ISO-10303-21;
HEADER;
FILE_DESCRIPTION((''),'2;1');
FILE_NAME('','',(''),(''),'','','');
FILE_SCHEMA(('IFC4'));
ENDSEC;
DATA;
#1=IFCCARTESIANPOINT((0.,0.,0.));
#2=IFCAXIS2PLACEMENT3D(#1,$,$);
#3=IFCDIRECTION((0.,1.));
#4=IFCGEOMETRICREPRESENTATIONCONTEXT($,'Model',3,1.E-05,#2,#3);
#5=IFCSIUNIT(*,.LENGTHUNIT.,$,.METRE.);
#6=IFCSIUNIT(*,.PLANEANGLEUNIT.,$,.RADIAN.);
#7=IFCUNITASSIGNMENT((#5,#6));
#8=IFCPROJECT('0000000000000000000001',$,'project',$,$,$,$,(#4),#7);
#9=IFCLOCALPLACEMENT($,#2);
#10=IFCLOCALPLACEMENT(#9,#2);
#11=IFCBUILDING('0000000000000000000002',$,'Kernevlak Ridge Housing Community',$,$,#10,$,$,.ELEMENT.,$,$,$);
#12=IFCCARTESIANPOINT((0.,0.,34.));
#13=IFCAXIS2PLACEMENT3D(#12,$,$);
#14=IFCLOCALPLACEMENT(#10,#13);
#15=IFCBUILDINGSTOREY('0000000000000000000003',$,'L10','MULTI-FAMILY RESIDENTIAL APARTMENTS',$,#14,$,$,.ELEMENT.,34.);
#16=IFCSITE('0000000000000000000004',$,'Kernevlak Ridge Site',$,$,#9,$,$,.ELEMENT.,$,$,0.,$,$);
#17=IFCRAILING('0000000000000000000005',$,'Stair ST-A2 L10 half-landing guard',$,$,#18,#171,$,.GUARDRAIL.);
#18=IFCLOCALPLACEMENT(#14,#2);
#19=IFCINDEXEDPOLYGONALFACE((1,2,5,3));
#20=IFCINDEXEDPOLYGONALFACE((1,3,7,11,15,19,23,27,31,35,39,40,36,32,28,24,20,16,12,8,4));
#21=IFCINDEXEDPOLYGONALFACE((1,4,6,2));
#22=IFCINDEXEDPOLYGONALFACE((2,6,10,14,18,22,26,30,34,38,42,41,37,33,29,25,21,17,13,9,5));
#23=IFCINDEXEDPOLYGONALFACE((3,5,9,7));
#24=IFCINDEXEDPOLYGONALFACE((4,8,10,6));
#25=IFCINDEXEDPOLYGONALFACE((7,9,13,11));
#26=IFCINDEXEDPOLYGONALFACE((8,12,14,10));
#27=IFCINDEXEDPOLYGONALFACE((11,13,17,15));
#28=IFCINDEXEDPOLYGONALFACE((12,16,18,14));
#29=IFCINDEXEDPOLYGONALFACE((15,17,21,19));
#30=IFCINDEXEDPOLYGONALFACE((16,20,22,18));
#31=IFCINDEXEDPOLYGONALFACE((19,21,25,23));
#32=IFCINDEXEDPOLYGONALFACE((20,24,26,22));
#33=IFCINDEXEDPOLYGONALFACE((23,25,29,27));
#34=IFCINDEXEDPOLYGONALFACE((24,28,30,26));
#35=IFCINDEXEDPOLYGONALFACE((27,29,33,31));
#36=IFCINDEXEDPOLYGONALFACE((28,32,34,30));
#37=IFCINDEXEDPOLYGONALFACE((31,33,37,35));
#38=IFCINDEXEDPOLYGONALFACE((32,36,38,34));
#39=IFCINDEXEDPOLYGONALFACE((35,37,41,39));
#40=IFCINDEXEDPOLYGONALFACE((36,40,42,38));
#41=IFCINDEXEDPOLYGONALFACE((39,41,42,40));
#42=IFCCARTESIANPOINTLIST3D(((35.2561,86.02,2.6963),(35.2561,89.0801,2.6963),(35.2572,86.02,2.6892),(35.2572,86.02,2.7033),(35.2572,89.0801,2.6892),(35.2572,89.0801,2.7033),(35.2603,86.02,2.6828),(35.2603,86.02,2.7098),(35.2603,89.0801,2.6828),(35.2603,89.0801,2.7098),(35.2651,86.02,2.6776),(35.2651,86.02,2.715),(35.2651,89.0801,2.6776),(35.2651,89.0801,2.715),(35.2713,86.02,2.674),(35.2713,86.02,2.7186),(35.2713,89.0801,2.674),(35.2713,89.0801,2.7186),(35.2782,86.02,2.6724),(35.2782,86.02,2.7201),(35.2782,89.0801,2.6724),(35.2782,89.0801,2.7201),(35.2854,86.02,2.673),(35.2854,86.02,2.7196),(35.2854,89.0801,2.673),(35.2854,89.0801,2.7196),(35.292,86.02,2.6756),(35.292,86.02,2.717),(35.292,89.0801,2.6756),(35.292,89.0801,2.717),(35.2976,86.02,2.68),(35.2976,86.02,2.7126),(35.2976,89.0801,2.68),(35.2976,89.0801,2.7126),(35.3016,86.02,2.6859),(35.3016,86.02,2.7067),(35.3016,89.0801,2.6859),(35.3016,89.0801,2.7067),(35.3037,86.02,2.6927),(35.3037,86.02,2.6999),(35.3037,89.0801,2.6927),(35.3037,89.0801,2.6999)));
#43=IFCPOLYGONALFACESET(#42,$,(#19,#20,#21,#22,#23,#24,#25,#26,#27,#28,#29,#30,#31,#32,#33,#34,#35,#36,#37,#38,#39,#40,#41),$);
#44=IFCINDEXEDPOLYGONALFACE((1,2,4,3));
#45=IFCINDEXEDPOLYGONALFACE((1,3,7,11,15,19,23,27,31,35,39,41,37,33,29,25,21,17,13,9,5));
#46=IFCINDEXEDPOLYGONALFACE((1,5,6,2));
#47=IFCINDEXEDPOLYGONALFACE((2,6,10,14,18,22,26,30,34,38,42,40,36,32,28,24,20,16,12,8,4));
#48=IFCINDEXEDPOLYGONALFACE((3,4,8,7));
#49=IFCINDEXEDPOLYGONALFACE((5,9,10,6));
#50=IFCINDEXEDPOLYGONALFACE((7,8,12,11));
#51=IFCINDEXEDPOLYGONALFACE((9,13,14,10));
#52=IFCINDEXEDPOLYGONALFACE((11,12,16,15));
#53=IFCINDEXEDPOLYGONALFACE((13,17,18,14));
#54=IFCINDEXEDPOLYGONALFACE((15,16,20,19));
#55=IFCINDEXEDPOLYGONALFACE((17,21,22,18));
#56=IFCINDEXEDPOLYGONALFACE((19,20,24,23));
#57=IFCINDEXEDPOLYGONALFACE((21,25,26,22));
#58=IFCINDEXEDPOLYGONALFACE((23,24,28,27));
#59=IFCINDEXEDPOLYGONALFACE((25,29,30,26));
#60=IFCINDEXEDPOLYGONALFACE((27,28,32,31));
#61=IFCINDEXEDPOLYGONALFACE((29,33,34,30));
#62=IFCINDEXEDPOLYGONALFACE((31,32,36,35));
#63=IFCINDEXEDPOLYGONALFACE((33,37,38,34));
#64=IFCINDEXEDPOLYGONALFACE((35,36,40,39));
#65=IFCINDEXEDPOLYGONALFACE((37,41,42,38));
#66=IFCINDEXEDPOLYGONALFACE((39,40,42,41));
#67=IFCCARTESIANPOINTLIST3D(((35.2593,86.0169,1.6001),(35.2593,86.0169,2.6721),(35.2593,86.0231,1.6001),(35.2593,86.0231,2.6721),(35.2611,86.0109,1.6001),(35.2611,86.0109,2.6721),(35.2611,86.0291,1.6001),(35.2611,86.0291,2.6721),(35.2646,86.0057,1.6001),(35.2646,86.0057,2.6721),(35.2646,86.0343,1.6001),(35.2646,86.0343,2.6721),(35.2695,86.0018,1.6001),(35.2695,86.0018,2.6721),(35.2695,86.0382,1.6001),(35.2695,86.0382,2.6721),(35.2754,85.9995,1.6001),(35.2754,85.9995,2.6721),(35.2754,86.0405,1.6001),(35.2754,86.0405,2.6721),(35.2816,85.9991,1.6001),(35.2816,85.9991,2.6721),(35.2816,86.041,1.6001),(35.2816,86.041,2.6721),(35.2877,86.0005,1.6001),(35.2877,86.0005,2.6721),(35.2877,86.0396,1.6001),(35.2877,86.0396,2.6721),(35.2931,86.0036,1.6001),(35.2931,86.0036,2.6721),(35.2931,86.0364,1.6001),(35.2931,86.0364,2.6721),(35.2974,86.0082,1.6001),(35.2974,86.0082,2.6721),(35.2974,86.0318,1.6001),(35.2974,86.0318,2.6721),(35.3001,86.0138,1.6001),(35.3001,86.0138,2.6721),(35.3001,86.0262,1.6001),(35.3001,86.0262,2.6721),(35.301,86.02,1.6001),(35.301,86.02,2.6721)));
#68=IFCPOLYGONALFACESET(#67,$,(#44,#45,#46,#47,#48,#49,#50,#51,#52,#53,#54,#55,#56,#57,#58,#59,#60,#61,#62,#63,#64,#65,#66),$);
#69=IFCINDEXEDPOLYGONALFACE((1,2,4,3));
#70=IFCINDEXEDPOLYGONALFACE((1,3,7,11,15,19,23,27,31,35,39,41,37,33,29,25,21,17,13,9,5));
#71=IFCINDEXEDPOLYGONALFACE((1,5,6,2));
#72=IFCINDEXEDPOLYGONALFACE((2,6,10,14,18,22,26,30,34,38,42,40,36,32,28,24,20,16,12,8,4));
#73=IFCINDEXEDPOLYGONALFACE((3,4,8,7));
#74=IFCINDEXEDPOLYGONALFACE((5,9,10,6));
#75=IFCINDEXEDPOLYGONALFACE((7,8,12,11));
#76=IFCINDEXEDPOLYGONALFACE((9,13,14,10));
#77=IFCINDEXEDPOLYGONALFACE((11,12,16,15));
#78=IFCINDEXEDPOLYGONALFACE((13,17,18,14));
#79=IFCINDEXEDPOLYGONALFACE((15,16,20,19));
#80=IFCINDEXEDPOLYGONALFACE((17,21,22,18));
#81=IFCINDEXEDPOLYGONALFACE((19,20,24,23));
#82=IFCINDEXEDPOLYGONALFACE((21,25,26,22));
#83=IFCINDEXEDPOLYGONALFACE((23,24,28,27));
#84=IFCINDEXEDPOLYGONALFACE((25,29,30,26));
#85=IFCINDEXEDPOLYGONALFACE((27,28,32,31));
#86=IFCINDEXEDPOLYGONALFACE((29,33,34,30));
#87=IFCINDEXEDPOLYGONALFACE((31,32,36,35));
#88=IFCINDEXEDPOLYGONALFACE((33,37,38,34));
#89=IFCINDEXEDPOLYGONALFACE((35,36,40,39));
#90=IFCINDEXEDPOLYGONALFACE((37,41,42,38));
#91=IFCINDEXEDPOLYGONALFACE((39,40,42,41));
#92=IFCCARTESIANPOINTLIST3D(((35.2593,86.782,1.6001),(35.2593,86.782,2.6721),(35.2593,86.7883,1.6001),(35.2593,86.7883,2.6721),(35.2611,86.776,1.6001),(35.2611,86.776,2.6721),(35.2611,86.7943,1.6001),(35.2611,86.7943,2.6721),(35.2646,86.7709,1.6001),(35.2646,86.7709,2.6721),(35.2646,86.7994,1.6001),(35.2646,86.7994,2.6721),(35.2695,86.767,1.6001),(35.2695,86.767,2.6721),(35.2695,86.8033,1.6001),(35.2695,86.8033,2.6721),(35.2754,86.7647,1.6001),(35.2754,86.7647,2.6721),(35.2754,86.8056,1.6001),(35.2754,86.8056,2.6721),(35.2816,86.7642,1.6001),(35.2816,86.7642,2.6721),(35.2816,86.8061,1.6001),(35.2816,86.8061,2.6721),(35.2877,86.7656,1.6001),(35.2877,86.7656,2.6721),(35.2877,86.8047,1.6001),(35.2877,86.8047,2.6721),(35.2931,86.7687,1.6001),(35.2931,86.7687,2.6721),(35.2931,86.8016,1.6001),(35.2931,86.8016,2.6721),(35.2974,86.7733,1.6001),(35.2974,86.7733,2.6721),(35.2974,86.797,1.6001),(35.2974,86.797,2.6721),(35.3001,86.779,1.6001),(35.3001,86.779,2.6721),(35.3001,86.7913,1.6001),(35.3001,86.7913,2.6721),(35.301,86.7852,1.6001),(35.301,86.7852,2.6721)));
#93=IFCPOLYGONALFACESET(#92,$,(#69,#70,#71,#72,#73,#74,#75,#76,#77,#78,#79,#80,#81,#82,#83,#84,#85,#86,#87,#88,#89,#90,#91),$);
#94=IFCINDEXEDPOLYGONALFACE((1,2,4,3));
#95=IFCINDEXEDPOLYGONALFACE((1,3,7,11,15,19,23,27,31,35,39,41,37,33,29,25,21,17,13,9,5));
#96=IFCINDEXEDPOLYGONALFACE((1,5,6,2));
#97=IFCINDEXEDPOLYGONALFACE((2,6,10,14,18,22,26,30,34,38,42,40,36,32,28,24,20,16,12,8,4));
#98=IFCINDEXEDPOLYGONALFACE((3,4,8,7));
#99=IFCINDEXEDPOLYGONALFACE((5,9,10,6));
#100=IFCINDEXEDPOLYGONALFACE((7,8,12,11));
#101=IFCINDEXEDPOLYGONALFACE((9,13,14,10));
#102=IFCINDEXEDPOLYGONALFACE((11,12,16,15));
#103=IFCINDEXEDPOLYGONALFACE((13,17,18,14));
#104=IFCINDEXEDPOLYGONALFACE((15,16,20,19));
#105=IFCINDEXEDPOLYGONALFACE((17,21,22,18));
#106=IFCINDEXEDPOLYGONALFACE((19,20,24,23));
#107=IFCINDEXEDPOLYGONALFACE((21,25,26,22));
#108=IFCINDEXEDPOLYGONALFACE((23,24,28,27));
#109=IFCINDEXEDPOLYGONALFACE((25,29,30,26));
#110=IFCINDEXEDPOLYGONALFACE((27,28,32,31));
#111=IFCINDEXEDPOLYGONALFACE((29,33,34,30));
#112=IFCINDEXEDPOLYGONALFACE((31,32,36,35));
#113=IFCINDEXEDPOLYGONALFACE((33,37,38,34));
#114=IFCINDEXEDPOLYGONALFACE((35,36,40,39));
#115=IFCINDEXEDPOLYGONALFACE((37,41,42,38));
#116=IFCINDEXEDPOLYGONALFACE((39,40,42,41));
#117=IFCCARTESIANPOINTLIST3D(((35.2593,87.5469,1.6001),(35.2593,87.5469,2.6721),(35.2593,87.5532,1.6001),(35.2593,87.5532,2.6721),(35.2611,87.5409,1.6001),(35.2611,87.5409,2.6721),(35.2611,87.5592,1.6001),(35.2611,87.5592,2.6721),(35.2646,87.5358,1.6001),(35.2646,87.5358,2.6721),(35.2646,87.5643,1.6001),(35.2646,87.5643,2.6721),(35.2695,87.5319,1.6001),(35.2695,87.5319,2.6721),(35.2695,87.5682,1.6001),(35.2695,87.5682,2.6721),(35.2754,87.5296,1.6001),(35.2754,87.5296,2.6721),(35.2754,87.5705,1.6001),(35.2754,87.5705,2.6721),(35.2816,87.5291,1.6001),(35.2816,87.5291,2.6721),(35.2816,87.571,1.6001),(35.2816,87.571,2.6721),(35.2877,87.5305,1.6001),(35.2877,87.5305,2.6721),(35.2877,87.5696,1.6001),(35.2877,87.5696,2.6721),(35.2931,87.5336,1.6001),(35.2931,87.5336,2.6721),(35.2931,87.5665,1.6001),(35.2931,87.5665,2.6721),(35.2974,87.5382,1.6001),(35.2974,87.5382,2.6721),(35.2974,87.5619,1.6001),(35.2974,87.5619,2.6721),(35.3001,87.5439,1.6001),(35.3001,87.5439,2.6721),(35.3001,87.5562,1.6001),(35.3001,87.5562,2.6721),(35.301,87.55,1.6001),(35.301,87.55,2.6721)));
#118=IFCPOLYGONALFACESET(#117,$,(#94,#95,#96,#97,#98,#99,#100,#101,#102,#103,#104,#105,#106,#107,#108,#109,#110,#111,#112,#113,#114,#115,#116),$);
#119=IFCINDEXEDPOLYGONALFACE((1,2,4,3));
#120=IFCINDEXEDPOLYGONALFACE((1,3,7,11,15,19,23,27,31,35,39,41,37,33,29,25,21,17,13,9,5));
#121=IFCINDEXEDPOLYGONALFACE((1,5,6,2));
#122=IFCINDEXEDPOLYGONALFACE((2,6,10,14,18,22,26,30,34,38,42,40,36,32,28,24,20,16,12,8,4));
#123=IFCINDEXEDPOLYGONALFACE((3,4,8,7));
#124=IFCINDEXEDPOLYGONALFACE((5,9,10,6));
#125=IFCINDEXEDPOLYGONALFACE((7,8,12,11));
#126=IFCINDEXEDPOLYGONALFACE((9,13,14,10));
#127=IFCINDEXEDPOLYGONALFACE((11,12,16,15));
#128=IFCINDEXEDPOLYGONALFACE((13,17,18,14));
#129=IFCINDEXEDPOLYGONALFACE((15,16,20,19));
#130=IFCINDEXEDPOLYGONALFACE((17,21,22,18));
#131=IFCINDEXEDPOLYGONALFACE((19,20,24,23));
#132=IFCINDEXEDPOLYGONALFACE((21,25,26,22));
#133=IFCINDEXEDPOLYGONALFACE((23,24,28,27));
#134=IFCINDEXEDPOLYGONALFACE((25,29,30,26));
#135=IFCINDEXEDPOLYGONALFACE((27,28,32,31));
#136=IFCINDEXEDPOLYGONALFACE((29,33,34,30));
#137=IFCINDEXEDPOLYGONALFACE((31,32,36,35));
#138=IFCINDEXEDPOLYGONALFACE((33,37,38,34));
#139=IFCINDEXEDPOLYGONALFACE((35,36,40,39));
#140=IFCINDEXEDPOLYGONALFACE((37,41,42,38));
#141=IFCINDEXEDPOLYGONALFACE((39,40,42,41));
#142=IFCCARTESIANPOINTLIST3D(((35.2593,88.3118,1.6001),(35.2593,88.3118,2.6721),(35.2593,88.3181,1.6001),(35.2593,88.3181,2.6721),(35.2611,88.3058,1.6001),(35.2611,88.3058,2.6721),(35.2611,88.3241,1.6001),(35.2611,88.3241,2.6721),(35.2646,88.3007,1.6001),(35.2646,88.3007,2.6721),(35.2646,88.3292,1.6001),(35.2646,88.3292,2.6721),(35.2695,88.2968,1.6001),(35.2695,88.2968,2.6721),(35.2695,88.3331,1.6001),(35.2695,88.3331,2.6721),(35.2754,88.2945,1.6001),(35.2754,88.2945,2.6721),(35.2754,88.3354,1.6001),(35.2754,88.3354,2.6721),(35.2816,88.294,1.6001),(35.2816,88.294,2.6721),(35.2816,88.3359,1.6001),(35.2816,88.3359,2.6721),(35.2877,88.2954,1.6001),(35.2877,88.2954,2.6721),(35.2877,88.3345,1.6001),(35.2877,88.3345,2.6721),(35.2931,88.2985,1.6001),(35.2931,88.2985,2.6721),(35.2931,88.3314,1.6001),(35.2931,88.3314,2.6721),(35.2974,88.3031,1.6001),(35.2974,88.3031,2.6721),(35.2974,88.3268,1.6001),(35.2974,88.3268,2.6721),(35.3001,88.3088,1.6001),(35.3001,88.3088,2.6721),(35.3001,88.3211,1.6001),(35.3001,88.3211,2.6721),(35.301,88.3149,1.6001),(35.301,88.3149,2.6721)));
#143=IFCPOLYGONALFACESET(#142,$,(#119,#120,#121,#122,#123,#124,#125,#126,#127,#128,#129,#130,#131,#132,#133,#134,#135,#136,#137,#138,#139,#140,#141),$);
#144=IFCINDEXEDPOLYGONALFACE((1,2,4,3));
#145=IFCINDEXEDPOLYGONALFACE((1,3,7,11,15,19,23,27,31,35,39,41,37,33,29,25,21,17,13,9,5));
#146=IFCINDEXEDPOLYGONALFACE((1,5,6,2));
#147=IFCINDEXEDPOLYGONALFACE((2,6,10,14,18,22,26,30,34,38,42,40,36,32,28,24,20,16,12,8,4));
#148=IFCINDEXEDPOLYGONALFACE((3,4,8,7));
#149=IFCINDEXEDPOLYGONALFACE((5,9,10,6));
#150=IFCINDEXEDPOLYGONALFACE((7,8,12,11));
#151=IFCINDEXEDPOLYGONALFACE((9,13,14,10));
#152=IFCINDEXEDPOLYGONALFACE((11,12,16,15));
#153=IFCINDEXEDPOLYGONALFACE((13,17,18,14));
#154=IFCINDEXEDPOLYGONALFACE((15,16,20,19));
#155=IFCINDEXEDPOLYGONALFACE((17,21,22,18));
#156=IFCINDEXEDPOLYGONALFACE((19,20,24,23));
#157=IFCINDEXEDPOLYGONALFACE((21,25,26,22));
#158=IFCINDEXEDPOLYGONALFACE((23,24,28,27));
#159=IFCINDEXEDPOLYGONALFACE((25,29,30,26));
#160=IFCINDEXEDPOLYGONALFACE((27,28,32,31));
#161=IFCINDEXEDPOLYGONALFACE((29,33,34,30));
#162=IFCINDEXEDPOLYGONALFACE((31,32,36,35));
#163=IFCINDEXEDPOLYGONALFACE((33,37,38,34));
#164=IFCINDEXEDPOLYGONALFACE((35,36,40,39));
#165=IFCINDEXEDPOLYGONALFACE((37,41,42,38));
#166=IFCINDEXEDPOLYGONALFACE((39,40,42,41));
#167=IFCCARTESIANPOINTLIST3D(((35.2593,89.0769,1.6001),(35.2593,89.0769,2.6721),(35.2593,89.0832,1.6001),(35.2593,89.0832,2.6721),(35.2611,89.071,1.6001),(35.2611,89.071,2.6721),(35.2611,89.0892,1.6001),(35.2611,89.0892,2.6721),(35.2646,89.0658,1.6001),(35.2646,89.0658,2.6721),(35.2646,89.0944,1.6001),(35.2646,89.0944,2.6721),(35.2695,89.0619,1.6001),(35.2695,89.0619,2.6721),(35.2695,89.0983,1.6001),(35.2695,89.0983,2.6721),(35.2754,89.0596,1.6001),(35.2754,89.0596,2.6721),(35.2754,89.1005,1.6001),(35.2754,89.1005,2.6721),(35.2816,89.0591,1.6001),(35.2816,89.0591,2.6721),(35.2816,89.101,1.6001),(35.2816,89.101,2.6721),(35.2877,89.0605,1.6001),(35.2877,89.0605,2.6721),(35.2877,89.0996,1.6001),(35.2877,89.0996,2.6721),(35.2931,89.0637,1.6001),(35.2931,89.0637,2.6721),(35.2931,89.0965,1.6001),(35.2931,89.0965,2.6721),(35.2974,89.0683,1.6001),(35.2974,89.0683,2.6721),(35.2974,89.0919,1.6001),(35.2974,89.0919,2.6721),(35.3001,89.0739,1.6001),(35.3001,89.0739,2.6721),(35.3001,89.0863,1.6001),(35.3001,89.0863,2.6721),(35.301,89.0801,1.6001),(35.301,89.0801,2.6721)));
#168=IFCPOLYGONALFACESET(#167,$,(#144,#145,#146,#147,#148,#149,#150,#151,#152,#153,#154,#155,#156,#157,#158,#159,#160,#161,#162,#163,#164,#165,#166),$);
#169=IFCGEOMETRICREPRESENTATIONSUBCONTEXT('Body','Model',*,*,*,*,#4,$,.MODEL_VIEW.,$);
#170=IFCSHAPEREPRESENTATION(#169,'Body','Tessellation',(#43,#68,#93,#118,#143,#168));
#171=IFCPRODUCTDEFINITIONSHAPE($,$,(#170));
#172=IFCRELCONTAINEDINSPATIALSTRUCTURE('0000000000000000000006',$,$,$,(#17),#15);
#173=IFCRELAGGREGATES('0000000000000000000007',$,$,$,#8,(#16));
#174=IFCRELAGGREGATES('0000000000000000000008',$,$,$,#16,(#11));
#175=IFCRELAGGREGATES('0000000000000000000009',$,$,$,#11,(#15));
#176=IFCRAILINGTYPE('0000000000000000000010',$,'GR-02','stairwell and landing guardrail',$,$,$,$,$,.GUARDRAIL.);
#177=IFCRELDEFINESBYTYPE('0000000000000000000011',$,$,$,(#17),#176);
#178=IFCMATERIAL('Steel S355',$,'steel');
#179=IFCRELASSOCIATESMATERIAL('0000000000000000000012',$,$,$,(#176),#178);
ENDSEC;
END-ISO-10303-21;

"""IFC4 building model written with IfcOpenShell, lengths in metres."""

from ifc_helpers import new_model, si_unit, direction, frame, origin, origin_2d, place, context, subcontext, project, spatial, circle, extrude, material, type_object, element, save


model = new_model("IFC4")

# Units and contexts
model_context = context("Model", 3, precision=1e-05, world=origin(), true_north=direction((0.0, 1.0)))
body_context = subcontext(model_context, "Body", "Model", "MODEL_VIEW")
ifc_project = project(units=[si_unit("LENGTHUNIT", "METRE"), si_unit("PLANEANGLEUNIT", "RADIAN")], contexts=[model_context])

# Site, building, storey
site_placement = place(None, origin())
site = spatial("IfcSite", under=ifc_project, at=site_placement, Name="Kernevlak Ridge Site", CompositionType="ELEMENT", RefElevation=0.0)
building_placement = place(site_placement, origin())
building = spatial("IfcBuilding", under=site, at=building_placement, Name="Kernevlak Ridge Housing Community", CompositionType="ELEMENT")
storey_placement = place(building_placement, frame((0.0, 0.0, 34.0)))
storey = spatial("IfcBuildingStorey", under=building, at=storey_placement, Name="L10", Description="MULTI-FAMILY RESIDENTIAL APARTMENTS", CompositionType="ELEMENT", Elevation=34.0)

# Railing
ifc_material_1 = material(Name="Steel S355", Category="steel")
railing_type_1 = type_object("IfcRailingType", Name="GR-02", Description="stairwell and landing guardrail", PredefinedType="GUARDRAIL", material=ifc_material_1)
railing_1_placement = place(storey_placement, frame((35.28, 86.02, 1.6001)))
element("IfcRailing", 1, at=railing_1_placement, inside=storey, type_object=railing_type_1, Name="Stair ST-A2 L10 half-landing guard", PredefinedType="GUARDRAIL", context=body_context, shape_type="SweptSolid", body=[
    extrude(circle(Radius=0.0239, at=origin_2d()), frame((0.0, 0.0, 1.0962), z_axis=(0.0, 1.0, 0.0), x_axis=(-1.0, 0.0, 0.0)), (0.0, 0.0, 1.0), 3.0601),
    extrude(circle(Radius=0.021, at=origin_2d()), origin(), (0.0, 0.0, 1.0), 1.072),
    extrude(circle(Radius=0.021, at=origin_2d()), frame((0.0, 0.7651, 0.0)), (0.0, 0.0, 1.0), 1.072),
    extrude(circle(Radius=0.021, at=origin_2d()), frame((0.0, 1.53, 0.0)), (0.0, 0.0, 1.0), 1.072),
    extrude(circle(Radius=0.021, at=origin_2d()), frame((0.0, 2.2949, 0.0)), (0.0, 0.0, 1.0), 1.072),
    extrude(circle(Radius=0.021, at=origin_2d()), frame((0.0, 3.0601, 0.0)), (0.0, 0.0, 1.0), 1.072),
])

save(model, "model.ifc")
